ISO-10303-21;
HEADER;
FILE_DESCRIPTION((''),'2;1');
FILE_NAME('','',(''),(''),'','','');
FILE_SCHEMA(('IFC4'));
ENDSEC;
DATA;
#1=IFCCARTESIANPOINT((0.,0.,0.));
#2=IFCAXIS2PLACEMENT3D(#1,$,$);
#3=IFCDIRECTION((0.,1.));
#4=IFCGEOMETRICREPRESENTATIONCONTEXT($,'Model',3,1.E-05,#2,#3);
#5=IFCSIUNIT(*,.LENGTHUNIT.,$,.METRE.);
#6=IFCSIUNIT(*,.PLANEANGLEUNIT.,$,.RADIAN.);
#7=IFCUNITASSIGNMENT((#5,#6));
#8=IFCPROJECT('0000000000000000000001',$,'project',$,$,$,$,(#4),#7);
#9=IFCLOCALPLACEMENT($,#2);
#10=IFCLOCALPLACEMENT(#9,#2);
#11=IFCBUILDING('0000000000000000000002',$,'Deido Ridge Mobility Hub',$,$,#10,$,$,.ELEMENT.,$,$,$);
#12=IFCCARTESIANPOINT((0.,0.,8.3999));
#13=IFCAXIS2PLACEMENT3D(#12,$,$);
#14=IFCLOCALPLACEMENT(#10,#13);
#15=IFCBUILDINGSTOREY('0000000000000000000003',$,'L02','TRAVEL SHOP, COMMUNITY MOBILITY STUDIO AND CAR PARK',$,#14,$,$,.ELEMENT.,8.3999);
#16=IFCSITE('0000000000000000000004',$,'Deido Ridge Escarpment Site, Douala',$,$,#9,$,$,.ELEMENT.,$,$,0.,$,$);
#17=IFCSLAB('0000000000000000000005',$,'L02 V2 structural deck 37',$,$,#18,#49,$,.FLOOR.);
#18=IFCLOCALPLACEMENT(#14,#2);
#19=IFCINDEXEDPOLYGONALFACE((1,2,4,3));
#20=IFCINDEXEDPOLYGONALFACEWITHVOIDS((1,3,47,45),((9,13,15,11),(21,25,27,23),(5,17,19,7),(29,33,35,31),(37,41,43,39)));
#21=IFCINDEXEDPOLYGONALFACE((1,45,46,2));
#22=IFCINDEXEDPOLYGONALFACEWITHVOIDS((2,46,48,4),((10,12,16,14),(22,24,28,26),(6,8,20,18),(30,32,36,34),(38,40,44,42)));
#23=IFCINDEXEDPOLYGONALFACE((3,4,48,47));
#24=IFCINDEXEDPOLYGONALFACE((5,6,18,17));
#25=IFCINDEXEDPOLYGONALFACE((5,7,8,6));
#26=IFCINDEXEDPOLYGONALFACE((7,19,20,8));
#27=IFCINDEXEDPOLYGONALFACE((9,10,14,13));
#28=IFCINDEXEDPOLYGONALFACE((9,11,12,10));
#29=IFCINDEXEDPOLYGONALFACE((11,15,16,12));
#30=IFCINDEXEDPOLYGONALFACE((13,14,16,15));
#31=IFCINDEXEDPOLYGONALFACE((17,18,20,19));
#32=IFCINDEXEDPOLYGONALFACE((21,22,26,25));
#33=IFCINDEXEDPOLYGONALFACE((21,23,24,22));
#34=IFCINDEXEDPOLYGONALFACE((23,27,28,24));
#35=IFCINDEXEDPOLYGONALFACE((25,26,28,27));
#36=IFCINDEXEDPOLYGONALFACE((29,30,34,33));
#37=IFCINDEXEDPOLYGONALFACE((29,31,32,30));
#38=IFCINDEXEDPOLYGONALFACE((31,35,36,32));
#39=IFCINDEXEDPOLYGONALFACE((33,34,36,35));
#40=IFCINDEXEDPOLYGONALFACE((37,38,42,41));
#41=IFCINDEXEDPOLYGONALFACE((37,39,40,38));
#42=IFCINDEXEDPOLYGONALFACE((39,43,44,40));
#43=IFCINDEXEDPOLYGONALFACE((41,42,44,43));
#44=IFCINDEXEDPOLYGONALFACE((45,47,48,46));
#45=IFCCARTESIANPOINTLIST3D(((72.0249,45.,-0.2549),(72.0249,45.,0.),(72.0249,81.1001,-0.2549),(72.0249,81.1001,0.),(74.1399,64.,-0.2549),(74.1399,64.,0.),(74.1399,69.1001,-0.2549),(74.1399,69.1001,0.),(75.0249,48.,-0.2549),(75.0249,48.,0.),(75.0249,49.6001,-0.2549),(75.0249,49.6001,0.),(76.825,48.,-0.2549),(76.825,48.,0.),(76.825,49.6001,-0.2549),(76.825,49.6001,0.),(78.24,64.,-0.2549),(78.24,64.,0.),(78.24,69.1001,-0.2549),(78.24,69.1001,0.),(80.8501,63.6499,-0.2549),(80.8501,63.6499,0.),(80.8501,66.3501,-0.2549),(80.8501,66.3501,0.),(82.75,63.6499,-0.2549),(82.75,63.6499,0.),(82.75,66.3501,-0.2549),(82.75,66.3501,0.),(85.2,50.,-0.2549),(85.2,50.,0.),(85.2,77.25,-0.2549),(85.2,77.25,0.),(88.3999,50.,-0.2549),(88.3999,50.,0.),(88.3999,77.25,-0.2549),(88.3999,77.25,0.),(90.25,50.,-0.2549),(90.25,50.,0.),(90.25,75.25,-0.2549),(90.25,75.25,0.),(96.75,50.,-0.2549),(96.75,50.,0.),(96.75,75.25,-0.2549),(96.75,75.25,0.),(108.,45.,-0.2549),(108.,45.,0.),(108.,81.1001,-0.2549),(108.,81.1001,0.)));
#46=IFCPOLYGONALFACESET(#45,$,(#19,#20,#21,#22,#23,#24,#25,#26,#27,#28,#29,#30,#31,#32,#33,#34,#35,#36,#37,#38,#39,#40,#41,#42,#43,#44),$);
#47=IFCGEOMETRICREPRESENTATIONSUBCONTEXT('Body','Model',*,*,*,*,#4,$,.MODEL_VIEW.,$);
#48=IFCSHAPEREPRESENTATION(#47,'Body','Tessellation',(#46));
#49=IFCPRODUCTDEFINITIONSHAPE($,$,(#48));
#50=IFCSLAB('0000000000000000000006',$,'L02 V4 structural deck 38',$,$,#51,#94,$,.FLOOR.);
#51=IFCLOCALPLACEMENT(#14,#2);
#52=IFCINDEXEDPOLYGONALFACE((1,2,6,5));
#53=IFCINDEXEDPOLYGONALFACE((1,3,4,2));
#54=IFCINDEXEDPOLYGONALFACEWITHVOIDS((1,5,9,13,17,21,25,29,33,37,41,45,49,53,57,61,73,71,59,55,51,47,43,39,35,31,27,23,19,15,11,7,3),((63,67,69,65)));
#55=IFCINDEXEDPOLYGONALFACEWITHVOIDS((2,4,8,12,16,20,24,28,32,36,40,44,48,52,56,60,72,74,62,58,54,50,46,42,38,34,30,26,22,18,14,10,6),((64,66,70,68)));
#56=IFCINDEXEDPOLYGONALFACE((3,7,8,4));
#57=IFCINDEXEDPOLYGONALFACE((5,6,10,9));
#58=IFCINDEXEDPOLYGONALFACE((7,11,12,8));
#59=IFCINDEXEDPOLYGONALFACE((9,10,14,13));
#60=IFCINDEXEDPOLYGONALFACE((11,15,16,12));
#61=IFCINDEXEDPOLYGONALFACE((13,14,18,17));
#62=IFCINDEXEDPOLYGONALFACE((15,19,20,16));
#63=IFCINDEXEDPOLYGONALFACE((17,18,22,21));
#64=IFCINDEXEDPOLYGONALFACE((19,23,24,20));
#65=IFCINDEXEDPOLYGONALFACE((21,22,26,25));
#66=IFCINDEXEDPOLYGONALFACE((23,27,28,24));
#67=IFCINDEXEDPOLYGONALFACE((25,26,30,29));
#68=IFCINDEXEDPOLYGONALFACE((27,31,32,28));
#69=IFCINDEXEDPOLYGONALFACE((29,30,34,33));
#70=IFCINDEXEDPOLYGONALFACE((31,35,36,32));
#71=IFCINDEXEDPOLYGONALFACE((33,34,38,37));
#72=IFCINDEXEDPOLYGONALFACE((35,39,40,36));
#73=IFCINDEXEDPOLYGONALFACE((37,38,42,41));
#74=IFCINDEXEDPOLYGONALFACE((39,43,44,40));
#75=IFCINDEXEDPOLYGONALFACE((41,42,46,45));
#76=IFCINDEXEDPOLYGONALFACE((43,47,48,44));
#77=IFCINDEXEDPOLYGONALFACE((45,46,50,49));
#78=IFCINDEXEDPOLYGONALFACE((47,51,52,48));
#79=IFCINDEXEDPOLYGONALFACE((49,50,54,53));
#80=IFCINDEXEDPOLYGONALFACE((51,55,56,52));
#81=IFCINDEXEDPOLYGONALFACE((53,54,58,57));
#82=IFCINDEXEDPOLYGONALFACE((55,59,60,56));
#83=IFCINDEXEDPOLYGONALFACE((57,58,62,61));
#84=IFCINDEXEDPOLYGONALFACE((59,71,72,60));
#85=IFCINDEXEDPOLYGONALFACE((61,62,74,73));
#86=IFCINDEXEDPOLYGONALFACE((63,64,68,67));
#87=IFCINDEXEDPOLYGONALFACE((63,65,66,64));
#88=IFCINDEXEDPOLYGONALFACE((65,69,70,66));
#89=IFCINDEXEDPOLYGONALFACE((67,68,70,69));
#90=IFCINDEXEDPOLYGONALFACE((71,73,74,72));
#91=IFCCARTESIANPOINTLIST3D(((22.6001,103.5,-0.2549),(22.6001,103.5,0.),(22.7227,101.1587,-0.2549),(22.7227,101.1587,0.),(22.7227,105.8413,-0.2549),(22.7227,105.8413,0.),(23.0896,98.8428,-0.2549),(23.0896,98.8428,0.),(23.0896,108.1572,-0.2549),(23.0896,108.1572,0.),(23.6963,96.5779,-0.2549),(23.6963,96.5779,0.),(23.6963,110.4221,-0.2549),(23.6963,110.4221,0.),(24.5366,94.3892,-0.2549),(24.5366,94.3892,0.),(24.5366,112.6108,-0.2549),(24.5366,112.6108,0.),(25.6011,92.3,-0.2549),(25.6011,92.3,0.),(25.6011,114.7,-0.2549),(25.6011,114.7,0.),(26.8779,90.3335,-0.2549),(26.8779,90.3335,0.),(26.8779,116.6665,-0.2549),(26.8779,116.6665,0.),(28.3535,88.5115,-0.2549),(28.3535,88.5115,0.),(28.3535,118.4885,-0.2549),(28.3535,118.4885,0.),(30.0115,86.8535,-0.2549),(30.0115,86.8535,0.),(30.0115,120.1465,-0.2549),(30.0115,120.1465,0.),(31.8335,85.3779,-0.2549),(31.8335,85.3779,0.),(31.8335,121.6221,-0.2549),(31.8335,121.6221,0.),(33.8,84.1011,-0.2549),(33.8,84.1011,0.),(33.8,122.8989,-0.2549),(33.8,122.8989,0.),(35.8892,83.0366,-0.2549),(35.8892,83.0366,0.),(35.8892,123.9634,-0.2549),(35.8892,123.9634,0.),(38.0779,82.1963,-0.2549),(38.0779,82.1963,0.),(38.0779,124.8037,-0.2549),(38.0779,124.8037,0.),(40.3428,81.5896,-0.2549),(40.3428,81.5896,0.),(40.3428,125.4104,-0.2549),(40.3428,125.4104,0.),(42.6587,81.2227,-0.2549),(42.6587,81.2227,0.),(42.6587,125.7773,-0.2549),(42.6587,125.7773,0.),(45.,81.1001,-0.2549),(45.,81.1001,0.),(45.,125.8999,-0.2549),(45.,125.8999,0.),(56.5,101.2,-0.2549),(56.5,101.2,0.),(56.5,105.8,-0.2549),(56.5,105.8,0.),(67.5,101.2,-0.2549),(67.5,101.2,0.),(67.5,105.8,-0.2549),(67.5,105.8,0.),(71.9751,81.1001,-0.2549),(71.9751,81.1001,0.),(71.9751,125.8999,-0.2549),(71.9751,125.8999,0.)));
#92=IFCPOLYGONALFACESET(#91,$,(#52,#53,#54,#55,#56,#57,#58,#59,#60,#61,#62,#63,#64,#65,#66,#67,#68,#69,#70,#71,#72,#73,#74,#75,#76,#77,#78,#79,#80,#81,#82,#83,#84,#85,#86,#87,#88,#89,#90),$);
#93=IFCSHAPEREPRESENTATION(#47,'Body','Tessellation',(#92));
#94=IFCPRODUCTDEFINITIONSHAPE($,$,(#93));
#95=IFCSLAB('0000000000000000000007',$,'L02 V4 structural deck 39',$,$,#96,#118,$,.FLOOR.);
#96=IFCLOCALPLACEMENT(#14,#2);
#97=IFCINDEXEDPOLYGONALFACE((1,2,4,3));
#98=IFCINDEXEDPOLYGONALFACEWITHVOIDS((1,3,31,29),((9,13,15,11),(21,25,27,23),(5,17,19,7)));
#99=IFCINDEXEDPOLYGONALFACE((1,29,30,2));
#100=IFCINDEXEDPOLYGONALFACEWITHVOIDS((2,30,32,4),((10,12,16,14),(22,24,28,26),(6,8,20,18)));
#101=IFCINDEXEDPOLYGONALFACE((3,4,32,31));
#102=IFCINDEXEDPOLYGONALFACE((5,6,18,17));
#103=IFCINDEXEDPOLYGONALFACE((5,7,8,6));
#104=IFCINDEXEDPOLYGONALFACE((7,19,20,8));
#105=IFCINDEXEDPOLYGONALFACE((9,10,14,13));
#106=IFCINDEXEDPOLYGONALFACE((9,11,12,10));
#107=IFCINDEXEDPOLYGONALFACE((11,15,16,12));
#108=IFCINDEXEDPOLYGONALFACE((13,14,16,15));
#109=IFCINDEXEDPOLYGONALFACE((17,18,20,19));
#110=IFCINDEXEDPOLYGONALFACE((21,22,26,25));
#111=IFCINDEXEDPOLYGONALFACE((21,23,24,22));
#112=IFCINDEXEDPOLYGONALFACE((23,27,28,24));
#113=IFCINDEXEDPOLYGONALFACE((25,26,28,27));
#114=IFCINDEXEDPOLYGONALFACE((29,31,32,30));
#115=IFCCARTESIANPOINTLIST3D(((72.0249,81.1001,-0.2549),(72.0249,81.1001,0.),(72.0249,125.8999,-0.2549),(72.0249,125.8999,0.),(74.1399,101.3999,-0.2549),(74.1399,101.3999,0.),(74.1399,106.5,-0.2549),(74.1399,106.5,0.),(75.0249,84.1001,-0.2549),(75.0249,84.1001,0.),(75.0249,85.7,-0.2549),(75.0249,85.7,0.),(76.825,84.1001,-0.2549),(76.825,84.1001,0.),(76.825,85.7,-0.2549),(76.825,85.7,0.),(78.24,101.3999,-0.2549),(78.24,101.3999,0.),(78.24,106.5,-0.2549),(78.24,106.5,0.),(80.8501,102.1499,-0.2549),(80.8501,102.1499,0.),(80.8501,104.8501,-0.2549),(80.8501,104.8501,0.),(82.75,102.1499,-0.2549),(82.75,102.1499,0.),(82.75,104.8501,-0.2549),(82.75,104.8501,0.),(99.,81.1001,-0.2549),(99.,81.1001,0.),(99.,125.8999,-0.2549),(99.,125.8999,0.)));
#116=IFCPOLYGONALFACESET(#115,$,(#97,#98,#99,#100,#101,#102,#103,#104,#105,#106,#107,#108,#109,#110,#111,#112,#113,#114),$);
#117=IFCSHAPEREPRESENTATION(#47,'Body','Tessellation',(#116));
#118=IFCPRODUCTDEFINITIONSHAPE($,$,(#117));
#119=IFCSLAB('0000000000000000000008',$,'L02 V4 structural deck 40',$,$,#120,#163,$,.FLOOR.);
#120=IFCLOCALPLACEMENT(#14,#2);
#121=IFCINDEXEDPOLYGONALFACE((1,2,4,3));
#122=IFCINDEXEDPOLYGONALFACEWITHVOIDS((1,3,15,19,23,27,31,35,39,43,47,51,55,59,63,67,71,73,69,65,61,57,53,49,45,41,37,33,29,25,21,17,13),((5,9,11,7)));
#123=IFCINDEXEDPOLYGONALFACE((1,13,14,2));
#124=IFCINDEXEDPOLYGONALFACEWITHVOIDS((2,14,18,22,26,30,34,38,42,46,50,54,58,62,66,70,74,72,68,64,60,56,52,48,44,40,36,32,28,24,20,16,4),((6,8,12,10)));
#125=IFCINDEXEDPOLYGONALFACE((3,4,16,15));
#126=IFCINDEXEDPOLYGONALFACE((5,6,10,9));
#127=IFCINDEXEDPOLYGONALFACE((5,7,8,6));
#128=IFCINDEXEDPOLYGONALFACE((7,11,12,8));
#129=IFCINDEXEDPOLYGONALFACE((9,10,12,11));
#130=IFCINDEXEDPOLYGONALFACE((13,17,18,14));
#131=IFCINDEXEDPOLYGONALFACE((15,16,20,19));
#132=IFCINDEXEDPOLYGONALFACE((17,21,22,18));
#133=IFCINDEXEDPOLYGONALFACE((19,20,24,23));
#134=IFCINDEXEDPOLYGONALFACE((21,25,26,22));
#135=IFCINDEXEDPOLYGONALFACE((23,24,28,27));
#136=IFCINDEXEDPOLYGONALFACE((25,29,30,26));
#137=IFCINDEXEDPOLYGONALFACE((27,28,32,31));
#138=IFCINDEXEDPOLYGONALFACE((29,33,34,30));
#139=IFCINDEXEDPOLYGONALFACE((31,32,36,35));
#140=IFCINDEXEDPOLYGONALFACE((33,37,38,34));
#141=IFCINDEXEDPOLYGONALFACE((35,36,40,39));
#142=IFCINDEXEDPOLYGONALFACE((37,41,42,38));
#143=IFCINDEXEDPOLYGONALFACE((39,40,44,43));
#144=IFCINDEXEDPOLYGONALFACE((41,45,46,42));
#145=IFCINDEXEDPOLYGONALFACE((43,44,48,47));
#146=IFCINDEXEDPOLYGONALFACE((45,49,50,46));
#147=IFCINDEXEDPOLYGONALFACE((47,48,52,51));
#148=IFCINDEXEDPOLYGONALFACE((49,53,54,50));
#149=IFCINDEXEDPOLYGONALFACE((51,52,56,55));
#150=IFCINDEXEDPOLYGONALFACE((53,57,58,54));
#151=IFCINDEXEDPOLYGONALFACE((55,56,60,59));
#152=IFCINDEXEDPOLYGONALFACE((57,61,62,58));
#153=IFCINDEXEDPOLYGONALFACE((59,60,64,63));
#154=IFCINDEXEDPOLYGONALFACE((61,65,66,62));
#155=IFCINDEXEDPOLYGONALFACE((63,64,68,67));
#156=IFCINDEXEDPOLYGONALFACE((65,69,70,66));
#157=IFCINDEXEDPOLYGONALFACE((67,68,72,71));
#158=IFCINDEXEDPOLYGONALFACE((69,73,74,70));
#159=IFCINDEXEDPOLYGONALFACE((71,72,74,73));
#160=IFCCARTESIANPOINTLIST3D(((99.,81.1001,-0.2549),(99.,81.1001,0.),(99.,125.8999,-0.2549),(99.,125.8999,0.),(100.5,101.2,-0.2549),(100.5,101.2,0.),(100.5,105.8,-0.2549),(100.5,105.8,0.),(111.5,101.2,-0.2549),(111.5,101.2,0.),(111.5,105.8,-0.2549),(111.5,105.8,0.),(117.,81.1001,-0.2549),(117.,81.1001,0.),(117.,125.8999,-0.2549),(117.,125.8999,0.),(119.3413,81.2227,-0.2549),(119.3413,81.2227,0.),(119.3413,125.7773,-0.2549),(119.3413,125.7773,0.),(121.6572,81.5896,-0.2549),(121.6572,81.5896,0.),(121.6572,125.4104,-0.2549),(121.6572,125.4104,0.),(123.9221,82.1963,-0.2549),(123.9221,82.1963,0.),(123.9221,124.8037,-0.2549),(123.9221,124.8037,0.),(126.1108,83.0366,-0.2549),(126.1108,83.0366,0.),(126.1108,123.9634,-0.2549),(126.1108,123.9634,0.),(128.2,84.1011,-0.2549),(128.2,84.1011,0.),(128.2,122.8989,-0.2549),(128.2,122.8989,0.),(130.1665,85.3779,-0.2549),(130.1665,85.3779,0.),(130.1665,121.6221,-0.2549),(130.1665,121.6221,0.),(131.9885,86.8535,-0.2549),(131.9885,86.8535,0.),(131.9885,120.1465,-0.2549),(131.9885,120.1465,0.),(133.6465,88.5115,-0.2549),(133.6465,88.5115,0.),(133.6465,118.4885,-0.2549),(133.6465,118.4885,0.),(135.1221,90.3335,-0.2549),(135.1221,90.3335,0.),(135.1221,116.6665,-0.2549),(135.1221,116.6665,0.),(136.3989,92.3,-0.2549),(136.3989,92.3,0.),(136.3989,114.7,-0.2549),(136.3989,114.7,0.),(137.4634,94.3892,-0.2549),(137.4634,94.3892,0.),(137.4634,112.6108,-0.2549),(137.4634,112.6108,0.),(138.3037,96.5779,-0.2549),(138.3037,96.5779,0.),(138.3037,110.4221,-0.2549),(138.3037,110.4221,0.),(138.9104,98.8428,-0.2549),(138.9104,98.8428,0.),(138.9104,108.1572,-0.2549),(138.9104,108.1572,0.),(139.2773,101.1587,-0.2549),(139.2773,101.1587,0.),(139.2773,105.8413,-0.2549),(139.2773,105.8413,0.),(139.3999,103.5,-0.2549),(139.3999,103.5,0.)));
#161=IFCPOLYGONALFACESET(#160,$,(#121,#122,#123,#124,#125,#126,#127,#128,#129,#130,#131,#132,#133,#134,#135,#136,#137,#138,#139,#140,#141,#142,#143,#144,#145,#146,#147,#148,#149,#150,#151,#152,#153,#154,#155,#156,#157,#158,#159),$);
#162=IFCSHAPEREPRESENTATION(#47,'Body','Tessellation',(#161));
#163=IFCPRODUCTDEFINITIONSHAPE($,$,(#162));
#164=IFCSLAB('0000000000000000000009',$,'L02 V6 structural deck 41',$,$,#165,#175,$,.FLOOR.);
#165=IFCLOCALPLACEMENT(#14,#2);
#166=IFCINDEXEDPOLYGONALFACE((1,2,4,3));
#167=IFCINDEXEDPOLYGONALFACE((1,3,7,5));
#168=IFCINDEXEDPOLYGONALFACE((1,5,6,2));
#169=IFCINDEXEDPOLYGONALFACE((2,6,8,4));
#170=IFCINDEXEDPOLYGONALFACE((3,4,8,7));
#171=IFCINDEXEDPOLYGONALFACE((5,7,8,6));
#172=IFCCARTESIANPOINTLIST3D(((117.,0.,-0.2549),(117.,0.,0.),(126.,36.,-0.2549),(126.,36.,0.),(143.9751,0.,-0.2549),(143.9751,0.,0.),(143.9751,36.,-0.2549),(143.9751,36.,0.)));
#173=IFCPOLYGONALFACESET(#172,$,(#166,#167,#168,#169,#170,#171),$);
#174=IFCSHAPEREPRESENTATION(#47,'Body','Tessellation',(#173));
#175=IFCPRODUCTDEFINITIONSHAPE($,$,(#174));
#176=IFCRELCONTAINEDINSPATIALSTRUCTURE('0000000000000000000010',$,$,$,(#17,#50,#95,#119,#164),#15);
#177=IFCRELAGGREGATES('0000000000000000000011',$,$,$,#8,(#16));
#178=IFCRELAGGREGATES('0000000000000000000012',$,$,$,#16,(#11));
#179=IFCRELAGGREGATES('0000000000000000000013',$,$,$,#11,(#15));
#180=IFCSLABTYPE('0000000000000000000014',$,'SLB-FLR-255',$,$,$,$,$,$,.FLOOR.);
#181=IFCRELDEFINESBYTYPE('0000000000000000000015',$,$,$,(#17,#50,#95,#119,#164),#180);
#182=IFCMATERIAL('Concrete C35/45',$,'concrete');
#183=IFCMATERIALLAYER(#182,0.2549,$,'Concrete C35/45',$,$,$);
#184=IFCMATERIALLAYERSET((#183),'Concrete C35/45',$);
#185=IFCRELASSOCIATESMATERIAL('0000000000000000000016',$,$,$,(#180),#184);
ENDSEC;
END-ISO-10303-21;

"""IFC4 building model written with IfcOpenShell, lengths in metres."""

from ifc_helpers import new_model, si_unit, direction, frame, origin, place, context, subcontext, project, spatial, polyline, outline, extrude, material, layer, layer_set, type_object, element, save


model = new_model("IFC4")

# Units and contexts
model_context = context("Model", 3, precision=1e-05, world=origin(), true_north=direction((0.0, 1.0)))
body_context = subcontext(model_context, "Body", "Model", "MODEL_VIEW")
ifc_project = project(units=[si_unit("LENGTHUNIT", "METRE"), si_unit("PLANEANGLEUNIT", "RADIAN")], contexts=[model_context])

# Site, building, storey
site_placement = place(None, origin())
site = spatial("IfcSite", under=ifc_project, at=site_placement, Name="Deido Ridge Escarpment Site, Douala", CompositionType="ELEMENT", RefElevation=0.0)
building_placement = place(site_placement, origin())
building = spatial("IfcBuilding", under=site, at=building_placement, Name="Deido Ridge Mobility Hub", CompositionType="ELEMENT")
storey_placement = place(building_placement, frame((0.0, 0.0, 8.3999)))
storey = spatial("IfcBuildingStorey", under=building, at=storey_placement, Name="L02", Description="TRAVEL SHOP, COMMUNITY MOBILITY STUDIO AND CAR PARK", CompositionType="ELEMENT", Elevation=8.3999)

# Slabs
ifc_material_1 = material(Name="Concrete C35/45", Category="concrete")
ifc_layer_1 = layer(ifc_material_1, 0.2549, Name="Concrete C35/45")
ifc_layer_set_1 = layer_set([ifc_layer_1], Name="Concrete C35/45")
slab_type_1 = type_object("IfcSlabType", Name="SLB-FLR-255", PredefinedType="FLOOR", material=ifc_layer_set_1)
slab_1_placement = place(storey_placement, frame((0.0, 0.0, -0.2549)))
element("IfcSlab", 1, at=slab_1_placement, inside=storey, type_object=slab_type_1, Name="L02 V2 structural deck 37", PredefinedType="FLOOR", context=body_context, shape_type="SweptSolid", body=[
    extrude(outline(polyline([(108.0, 81.1001), (108.0, 45.0), (72.0249, 45.0), (72.0249, 81.1001), (108.0, 81.1001)]), holes=[polyline([(75.0249, 48.0), (75.0249, 49.6001), (76.825, 49.6001), (76.825, 48.0), (75.0249, 48.0)]), polyline([(85.2, 50.0), (85.2, 77.25), (88.3999, 77.25), (88.3999, 50.0), (85.2, 50.0)]), polyline([(80.8501, 63.6499), (80.8501, 66.3501), (82.75, 66.3501), (82.75, 63.6499), (80.8501, 63.6499)]), polyline([(74.1399, 64.0), (74.1399, 69.1001), (78.24, 69.1001), (78.24, 64.0), (74.1399, 64.0)]), polyline([(90.25, 75.25), (96.75, 75.25), (96.75, 50.0), (90.25, 50.0), (90.25, 75.25)])]), origin(), (0.0, 0.0, 1.0), 0.2549),
])
slab_2_placement = place(storey_placement, frame((0.0, 0.0, -0.2549)))
element("IfcSlab", 2, at=slab_2_placement, inside=storey, type_object=slab_type_1, Name="L02 V4 structural deck 38", PredefinedType="FLOOR", context=body_context, shape_type="SweptSolid", body=[
    extrude(outline(polyline([(42.6587, 81.2227), (40.3428, 81.5896), (38.0779, 82.1963), (35.8892, 83.0366), (33.8, 84.1011), (31.8335, 85.3779), (30.0115, 86.8535), (28.3535, 88.5115), (26.8779, 90.3335), (25.6011, 92.3), (24.5366, 94.3892), (23.6963, 96.5779), (23.0896, 98.8428), (22.7227, 101.1587), (22.6001, 103.5), (22.7227, 105.8413), (23.0896, 108.1572), (23.6963, 110.4221), (24.5366, 112.6108), (25.6011, 114.7), (26.8779, 116.6665), (28.3535, 118.4885), (30.0115, 120.1465), (31.8335, 121.6221), (33.8, 122.8989), (35.8892, 123.9634), (38.0779, 124.8037), (40.3428, 125.4104), (42.6587, 125.7773), (45.0, 125.8999), (71.9751, 125.8999), (71.9751, 81.1001), (45.0, 81.1001), (42.6587, 81.2227)]), holes=[polyline([(56.5, 101.2), (56.5, 105.8), (67.5, 105.8), (67.5, 101.2), (56.5, 101.2)])]), origin(), (0.0, 0.0, 1.0), 0.2549),
])
slab_3_placement = place(storey_placement, frame((0.0, 0.0, -0.2549)))
element("IfcSlab", 3, at=slab_3_placement, inside=storey, type_object=slab_type_1, Name="L02 V4 structural deck 39", PredefinedType="FLOOR", context=body_context, shape_type="SweptSolid", body=[
    extrude(outline(polyline([(99.0, 81.1001), (72.0249, 81.1001), (72.0249, 125.8999), (99.0, 125.8999), (99.0, 81.1001)]), holes=[polyline([(75.0249, 84.1001), (75.0249, 85.7), (76.825, 85.7), (76.825, 84.1001), (75.0249, 84.1001)]), polyline([(80.8501, 104.8501), (82.75, 104.8501), (82.75, 102.1499), (80.8501, 102.1499), (80.8501, 104.8501)]), polyline([(74.1399, 101.3999), (74.1399, 106.5), (78.24, 106.5), (78.24, 101.3999), (74.1399, 101.3999)])]), origin(), (0.0, 0.0, 1.0), 0.2549),
])
slab_4_placement = place(storey_placement, frame((0.0, 0.0, -0.2549)))
element("IfcSlab", 4, at=slab_4_placement, inside=storey, type_object=slab_type_1, Name="L02 V4 structural deck 40", PredefinedType="FLOOR", context=body_context, shape_type="SweptSolid", body=[
    extrude(outline(polyline([(119.3413, 125.7773), (121.6572, 125.4104), (123.9221, 124.8037), (126.1108, 123.9634), (128.2, 122.8989), (130.1665, 121.6221), (131.9885, 120.1465), (133.6465, 118.4885), (135.1221, 116.6665), (136.3989, 114.7), (137.4634, 112.6108), (138.3037, 110.4221), (138.9104, 108.1572), (139.2773, 105.8413), (139.3999, 103.5), (139.2773, 101.1587), (138.9104, 98.8428), (138.3037, 96.5779), (137.4634, 94.3892), (136.3989, 92.3), (135.1221, 90.3335), (133.6465, 88.5115), (131.9885, 86.8535), (130.1665, 85.3779), (128.2, 84.1011), (126.1108, 83.0366), (123.9221, 82.1963), (121.6572, 81.5896), (119.3413, 81.2227), (117.0, 81.1001), (99.0, 81.1001), (99.0, 125.8999), (117.0, 125.8999), (119.3413, 125.7773)]), holes=[polyline([(100.5, 105.8), (111.5, 105.8), (111.5, 101.2), (100.5, 101.2), (100.5, 105.8)])]), origin(), (0.0, 0.0, 1.0), 0.2549),
])
slab_5_placement = place(storey_placement, frame((0.0, 0.0, -0.2549)))
element("IfcSlab", 5, at=slab_5_placement, inside=storey, type_object=slab_type_1, Name="L02 V6 structural deck 41", PredefinedType="FLOOR", context=body_context, shape_type="SweptSolid", body=[
    extrude(outline(polyline([(126.0, 36.0), (143.9751, 36.0), (143.9751, 0.0), (117.0, 0.0), (126.0, 36.0)])), origin(), (0.0, 0.0, 1.0), 0.2549),
])

save(model, "model.ifc")
